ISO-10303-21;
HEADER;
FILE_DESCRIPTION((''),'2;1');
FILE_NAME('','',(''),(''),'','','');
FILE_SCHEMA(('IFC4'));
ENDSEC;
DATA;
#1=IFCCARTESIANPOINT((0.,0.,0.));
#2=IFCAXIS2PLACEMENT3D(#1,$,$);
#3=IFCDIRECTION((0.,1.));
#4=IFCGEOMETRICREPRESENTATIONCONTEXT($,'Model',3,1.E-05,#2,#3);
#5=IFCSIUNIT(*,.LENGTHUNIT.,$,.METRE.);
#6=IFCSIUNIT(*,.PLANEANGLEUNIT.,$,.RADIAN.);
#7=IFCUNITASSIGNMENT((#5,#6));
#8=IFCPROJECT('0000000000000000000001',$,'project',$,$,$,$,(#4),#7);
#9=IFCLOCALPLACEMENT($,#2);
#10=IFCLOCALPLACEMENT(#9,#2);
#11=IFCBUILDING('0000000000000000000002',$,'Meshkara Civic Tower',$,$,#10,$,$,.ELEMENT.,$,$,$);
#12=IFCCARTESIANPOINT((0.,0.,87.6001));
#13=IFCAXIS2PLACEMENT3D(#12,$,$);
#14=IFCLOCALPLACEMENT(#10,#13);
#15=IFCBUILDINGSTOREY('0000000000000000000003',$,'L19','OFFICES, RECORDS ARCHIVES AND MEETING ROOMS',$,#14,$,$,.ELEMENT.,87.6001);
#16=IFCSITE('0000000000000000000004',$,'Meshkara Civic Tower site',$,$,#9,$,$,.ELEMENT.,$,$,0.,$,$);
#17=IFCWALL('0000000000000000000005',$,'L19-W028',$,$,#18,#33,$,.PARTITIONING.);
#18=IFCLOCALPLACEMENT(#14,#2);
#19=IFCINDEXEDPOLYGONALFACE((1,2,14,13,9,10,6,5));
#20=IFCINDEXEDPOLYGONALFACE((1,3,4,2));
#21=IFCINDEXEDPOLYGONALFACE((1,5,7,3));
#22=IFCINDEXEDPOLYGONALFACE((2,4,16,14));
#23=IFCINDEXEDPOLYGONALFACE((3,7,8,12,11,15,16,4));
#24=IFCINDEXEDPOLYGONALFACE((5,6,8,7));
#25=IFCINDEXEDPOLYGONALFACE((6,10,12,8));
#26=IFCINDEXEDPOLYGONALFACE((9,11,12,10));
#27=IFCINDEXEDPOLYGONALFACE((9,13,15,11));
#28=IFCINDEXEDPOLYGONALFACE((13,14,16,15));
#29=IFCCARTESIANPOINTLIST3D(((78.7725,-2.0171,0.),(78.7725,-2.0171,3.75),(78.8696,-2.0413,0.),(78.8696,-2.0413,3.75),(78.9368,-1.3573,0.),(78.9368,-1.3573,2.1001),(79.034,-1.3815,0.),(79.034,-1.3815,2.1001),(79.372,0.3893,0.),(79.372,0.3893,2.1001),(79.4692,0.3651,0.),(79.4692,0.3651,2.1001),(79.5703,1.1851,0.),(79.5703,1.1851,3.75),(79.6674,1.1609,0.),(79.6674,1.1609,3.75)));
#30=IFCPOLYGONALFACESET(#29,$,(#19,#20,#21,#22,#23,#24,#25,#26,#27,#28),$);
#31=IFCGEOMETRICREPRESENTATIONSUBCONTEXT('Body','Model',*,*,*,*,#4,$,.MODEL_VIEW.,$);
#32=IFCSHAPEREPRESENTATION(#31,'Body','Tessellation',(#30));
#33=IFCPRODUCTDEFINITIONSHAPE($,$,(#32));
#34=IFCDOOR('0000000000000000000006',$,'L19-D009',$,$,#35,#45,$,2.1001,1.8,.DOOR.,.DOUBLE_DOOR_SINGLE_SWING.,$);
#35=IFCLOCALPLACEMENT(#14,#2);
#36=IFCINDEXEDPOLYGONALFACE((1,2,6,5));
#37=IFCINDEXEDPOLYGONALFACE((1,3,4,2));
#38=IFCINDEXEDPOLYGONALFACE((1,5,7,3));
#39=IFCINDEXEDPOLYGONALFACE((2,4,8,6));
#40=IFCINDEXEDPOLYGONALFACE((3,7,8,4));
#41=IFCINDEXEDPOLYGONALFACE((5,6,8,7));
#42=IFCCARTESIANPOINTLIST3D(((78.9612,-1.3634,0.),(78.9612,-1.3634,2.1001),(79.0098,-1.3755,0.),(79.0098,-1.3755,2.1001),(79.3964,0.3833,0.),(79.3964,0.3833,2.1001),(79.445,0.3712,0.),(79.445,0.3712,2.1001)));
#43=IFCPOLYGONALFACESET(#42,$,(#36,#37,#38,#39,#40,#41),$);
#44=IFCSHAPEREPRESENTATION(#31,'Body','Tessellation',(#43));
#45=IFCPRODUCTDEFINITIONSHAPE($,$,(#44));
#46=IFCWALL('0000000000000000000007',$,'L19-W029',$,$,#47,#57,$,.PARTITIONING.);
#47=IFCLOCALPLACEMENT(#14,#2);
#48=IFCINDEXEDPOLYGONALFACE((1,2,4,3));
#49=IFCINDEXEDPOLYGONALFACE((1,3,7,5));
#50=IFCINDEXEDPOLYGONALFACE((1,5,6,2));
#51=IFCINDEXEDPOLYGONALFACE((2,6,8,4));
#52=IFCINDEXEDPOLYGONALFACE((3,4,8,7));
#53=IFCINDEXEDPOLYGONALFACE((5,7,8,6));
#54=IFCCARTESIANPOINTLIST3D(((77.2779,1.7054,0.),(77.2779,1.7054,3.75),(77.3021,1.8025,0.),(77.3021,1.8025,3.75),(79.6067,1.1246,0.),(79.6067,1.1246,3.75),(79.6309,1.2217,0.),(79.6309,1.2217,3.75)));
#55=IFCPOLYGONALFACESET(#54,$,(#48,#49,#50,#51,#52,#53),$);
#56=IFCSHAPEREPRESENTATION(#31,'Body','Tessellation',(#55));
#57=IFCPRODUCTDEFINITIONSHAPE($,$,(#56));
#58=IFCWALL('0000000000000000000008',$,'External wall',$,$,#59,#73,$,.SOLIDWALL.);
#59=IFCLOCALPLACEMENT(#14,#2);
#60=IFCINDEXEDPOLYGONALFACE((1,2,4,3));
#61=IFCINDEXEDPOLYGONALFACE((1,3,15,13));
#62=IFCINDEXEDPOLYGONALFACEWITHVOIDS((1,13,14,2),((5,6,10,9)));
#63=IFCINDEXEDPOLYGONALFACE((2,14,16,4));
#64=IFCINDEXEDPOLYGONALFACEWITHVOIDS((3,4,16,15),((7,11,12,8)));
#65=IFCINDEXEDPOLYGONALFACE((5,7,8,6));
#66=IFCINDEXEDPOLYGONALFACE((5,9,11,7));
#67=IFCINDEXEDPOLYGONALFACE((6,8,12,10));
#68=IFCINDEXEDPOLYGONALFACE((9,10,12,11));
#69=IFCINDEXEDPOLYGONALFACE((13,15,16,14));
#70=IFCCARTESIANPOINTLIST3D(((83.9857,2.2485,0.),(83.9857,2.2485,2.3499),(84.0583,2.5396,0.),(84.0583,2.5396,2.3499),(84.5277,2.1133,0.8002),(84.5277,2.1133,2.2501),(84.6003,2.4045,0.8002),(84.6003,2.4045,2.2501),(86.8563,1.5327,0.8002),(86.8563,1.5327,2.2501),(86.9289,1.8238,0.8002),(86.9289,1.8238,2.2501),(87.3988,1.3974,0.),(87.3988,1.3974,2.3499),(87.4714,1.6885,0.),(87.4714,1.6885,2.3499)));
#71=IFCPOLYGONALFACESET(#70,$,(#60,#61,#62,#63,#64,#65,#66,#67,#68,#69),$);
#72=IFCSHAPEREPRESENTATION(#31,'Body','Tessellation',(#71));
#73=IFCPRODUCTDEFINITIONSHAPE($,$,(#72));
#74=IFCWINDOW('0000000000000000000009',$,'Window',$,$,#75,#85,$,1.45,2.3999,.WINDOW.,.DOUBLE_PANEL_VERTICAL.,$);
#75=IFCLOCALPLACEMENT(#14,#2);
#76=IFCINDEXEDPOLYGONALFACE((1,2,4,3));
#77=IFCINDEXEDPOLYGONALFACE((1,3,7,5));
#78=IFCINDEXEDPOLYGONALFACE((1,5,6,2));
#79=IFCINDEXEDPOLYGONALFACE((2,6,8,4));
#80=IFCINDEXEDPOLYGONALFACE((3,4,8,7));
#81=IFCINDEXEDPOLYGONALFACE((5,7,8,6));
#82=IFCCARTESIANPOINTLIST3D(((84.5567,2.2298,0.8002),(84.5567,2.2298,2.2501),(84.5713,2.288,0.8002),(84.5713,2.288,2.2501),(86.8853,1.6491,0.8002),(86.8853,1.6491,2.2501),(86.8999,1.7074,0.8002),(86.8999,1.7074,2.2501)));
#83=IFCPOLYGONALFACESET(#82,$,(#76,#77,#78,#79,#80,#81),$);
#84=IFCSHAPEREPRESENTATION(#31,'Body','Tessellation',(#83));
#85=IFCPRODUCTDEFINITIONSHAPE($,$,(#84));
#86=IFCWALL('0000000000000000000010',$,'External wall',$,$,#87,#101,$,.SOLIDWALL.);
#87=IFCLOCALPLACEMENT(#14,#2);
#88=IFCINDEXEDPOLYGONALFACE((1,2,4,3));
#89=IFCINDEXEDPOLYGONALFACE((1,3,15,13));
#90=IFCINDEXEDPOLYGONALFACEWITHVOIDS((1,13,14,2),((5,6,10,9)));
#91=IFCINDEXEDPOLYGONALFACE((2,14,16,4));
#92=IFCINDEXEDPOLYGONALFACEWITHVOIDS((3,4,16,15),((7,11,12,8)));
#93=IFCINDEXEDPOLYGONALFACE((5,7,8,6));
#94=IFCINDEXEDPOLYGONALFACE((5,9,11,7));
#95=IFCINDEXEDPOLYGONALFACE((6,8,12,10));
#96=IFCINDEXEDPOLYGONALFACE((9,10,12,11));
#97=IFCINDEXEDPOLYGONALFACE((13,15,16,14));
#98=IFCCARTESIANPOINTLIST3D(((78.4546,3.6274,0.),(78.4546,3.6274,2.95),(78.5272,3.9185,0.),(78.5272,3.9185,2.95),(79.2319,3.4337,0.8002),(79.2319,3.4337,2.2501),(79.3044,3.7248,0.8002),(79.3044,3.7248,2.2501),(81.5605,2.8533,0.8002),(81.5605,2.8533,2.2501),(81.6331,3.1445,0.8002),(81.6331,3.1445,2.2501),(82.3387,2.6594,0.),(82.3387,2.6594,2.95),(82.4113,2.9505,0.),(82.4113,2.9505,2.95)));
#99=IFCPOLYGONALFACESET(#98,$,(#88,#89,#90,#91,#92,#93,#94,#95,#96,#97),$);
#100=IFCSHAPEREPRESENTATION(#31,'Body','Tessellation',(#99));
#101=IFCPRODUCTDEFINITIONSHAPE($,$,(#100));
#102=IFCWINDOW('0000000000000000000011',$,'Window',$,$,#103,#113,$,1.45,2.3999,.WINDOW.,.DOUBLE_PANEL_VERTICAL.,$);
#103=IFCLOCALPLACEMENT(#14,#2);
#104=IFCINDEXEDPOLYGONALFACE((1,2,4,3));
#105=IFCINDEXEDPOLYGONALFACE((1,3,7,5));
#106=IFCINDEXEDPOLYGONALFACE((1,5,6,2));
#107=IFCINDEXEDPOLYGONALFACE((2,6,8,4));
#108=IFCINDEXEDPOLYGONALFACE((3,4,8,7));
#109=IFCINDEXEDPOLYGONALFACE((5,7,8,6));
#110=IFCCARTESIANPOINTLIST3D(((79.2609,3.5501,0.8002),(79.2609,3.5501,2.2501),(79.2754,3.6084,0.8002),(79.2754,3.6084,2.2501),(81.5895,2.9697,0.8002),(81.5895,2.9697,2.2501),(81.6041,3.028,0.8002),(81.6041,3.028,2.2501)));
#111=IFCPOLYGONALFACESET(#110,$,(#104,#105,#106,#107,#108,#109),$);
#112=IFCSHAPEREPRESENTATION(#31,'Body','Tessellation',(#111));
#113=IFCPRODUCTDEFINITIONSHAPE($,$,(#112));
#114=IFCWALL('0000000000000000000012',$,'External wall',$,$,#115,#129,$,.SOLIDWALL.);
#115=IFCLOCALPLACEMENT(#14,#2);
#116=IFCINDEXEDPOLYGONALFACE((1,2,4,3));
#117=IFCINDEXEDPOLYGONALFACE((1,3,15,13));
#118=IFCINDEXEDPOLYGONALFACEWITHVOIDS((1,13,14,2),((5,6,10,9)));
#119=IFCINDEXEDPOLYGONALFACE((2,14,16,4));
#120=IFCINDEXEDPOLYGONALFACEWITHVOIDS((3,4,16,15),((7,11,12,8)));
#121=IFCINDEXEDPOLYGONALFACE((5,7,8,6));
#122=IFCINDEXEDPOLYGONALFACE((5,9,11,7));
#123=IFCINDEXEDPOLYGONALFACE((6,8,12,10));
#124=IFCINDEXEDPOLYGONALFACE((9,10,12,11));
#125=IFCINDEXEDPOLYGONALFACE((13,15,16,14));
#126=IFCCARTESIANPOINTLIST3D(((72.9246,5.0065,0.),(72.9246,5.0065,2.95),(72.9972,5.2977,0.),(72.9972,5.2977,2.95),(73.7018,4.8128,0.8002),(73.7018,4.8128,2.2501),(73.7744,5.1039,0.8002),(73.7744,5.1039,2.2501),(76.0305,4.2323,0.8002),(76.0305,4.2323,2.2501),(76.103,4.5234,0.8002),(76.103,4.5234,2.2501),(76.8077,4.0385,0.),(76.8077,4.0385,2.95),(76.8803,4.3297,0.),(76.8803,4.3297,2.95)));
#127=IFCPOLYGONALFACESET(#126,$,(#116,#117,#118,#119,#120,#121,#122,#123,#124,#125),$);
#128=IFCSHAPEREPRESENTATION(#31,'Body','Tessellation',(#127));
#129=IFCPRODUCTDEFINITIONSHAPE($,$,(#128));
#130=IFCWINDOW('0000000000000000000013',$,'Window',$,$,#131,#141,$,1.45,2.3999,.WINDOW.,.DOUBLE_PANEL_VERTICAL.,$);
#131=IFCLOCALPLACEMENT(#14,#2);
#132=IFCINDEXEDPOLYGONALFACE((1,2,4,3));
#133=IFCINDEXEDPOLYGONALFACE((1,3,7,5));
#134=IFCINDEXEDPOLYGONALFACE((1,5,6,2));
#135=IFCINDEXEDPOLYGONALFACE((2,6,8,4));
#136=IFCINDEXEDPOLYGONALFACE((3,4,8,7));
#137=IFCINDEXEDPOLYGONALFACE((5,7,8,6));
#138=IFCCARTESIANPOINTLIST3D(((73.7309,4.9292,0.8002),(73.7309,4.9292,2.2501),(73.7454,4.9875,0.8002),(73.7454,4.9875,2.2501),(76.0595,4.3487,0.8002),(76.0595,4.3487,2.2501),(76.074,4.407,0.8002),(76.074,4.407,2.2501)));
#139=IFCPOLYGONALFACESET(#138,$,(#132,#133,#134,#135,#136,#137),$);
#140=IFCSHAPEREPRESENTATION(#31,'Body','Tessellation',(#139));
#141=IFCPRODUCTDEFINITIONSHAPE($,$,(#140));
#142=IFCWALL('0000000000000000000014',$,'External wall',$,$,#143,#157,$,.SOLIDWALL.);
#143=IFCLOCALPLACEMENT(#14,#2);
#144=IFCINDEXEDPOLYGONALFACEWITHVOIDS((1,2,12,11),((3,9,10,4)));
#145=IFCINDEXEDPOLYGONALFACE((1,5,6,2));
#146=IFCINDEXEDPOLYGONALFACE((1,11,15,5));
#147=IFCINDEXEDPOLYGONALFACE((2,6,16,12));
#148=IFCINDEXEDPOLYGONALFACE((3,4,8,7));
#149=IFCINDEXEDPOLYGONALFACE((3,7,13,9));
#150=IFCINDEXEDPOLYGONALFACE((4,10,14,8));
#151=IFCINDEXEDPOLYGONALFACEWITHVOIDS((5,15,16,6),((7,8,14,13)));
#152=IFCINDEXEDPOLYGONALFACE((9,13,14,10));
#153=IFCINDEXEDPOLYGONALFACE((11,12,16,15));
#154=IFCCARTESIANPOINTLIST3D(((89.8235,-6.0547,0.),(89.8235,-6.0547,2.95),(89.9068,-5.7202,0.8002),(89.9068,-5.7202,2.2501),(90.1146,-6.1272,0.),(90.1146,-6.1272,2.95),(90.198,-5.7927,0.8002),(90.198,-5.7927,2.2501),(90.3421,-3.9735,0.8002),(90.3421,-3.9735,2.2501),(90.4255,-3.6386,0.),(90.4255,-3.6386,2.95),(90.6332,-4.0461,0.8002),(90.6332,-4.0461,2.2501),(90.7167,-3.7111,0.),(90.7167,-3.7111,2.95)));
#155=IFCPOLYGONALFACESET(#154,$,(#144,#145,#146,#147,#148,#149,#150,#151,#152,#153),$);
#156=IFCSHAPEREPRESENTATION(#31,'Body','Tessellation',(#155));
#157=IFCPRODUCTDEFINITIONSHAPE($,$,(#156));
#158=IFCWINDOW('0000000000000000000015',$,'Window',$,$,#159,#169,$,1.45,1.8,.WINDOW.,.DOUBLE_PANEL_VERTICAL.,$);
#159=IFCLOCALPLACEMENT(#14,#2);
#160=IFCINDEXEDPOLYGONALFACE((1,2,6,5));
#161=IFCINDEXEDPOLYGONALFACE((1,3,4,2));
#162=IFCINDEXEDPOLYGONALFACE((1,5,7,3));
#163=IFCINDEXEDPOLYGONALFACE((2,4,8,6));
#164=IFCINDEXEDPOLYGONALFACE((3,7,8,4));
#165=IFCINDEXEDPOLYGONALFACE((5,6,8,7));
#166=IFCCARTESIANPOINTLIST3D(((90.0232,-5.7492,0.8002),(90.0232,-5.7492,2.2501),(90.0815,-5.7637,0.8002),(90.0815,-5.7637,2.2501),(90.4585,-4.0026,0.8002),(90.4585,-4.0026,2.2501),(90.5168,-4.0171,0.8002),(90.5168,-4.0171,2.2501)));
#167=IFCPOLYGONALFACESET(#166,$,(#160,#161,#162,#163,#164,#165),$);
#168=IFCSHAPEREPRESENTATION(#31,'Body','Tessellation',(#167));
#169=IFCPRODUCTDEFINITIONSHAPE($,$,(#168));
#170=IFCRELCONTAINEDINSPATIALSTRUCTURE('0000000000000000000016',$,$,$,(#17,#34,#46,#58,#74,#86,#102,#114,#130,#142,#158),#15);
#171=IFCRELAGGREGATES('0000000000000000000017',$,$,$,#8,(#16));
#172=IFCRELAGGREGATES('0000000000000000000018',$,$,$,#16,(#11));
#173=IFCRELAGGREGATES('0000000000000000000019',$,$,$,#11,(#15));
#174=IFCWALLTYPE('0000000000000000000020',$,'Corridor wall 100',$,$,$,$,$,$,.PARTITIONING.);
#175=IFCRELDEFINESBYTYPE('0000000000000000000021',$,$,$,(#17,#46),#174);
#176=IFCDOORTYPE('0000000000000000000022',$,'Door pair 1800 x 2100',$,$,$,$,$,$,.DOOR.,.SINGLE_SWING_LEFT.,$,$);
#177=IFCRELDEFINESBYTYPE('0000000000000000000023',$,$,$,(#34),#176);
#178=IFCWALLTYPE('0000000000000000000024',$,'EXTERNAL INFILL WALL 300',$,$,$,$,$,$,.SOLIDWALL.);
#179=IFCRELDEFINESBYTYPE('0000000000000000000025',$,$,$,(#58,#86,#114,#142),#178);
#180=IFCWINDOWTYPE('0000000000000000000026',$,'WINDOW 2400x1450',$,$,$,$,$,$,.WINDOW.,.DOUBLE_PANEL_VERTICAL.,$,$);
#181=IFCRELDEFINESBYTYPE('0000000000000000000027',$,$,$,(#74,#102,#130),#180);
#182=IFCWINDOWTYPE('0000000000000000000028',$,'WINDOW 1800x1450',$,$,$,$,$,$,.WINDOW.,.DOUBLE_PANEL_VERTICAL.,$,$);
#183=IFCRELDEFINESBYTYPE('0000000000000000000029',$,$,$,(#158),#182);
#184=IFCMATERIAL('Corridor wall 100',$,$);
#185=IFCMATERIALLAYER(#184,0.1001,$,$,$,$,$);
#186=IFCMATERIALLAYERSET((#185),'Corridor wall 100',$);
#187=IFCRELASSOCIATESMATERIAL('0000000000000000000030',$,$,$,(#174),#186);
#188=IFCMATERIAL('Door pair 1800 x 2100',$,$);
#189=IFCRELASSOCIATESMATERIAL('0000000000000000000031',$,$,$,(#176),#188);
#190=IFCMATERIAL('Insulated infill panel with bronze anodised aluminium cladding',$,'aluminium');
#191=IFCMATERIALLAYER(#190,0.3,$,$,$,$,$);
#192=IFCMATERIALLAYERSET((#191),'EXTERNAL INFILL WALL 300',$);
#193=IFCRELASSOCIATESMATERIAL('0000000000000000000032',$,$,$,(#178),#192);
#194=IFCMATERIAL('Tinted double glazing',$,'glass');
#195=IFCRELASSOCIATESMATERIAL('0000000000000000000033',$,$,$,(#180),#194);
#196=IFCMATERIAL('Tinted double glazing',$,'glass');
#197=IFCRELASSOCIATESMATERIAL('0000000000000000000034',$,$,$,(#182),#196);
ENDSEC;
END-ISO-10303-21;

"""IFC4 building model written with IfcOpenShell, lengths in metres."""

from ifc_helpers import new_model, si_unit, direction, frame, frame_2d, origin, place, context, subcontext, project, spatial, rectangle, extrude, material, layer, layer_set, type_object, element, fill, save


model = new_model("IFC4")

# Units and contexts
model_context = context("Model", 3, precision=1e-05, world=origin(), true_north=direction((0.0, 1.0)))
body_context = subcontext(model_context, "Body", "Model", "MODEL_VIEW")
ifc_project = project(units=[si_unit("LENGTHUNIT", "METRE"), si_unit("PLANEANGLEUNIT", "RADIAN")], contexts=[model_context])

# Site, building, storey
site_placement = place(None, origin())
site = spatial("IfcSite", under=ifc_project, at=site_placement, Name="Meshkara Civic Tower site", CompositionType="ELEMENT", RefElevation=0.0)
building_placement = place(site_placement, origin())
building = spatial("IfcBuilding", under=site, at=building_placement, Name="Meshkara Civic Tower", CompositionType="ELEMENT")
storey_placement = place(building_placement, frame((0.0, 0.0, 87.6001)))
storey = spatial("IfcBuildingStorey", under=building, at=storey_placement, Name="L19", Description="OFFICES, RECORDS ARCHIVES AND MEETING ROOMS", CompositionType="ELEMENT", Elevation=87.6001)

# Wall, opening, door
ifc_material_1 = material(Name="Corridor wall 100")
ifc_layer_1 = layer(ifc_material_1, 0.1001)
ifc_layer_set_1 = layer_set([ifc_layer_1], Name="Corridor wall 100")
wall_type_1 = type_object("IfcWallType", Name="Corridor wall 100", PredefinedType="PARTITIONING", material=ifc_layer_set_1)
wall_1_placement = place(storey_placement, frame((78.821, -2.0291, 0.0), z_axis=(0.0, 0.0, 1.0), x_axis=(0.24177, 0.970334, 0.0)))
wall_1 = element("IfcWall", 1, at=wall_1_placement, inside=storey, type_object=wall_type_1, Name="L19-W028", PredefinedType="PARTITIONING", context=body_context, shape_type="SweptSolid", body=[
    extrude(rectangle(XDim=3.3, YDim=0.1001, at=frame_2d((1.6499, 0.0))), origin(), (0.0, 0.0, 1.0), 3.75),
])
opening_1_placement = place(wall_1_placement, frame((0.6799, 0.0, 0.0)))
opening_1 = element("IfcOpeningElement", 2, at=opening_1_placement, cuts=wall_1, PredefinedType="OPENING", context=body_context, shape_type="SweptSolid", body=[
    extrude(rectangle(XDim=1.8, YDim=2.1001, at=frame_2d((0.8999, 1.05))), frame((0.0, 0.0601, 0.0), z_axis=(0.0, -1.0, 0.0), x_axis=(1.0, 0.0, 0.0)), (0.0, 0.0, 1.0), 0.1201),
])
ifc_material_2 = material(Name="Door pair 1800 x 2100")
door_type_1 = type_object("IfcDoorType", Name="Door pair 1800 x 2100", OperationType="SINGLE_SWING_LEFT", PredefinedType="DOOR", material=ifc_material_2)
door_1_placement = place(opening_1_placement, origin())
door_1 = element("IfcDoor", 3, at=door_1_placement, inside=storey, type_object=door_type_1, Name="L19-D009", OperationType="DOUBLE_DOOR_SINGLE_SWING", OverallHeight=2.1001, OverallWidth=1.8, PredefinedType="DOOR", context=body_context, shape_type="SweptSolid", body=[
    extrude(rectangle(XDim=1.8, YDim=2.1001, at=frame_2d((0.8999, 1.05))), frame((0.0, 0.0249, 0.0), z_axis=(0.0, -1.0, 0.0), x_axis=(1.0, 0.0, 0.0)), (0.0, 0.0, 1.0), 0.05),
])
fill(opening_1, door_1)

# Wall
wall_2_placement = place(storey_placement, frame((79.6189, 1.1731, 0.0), z_axis=(0.0, 0.0, 1.0), x_axis=(-0.97028, 0.241985, 0.0)))
element("IfcWall", 4, at=wall_2_placement, inside=storey, type_object=wall_type_1, Name="L19-W029", PredefinedType="PARTITIONING", context=body_context, shape_type="SweptSolid", body=[
    extrude(rectangle(XDim=2.4001, YDim=0.1001, at=frame_2d((1.2002, 0.0))), origin(), (0.0, 0.0, 1.0), 3.75),
])

# Walls, openings, windows
ifc_material_3 = material(Name="Insulated infill panel with bronze anodised aluminium cladding", Category="aluminium")
ifc_layer_2 = layer(ifc_material_3, 0.3)
ifc_layer_set_2 = layer_set([ifc_layer_2], Name="EXTERNAL INFILL WALL 300")
wall_type_2 = type_object("IfcWallType", Name="EXTERNAL INFILL WALL 300", PredefinedType="SOLIDWALL", material=ifc_layer_set_2)
wall_3_placement = place(storey_placement, frame((87.4351, 1.543, 0.0), z_axis=(0.0, 0.0, 1.0), x_axis=(-0.970289, 0.241948, 0.0)))
wall_3 = element("IfcWall", 5, at=wall_3_placement, inside=storey, type_object=wall_type_2, Name="External wall", PredefinedType="SOLIDWALL", context=body_context, shape_type="SweptSolid", body=[
    extrude(rectangle(XDim=3.5176, YDim=0.3, at=frame_2d((1.7588, 0.0))), origin(), (0.0, 0.0, 1.0), 2.3499),
])
opening_2_placement = place(wall_3_placement, frame((0.5591, 0.0, 0.8)))
opening_2 = element("IfcOpeningElement", 6, at=opening_2_placement, cuts=wall_3, PredefinedType="OPENING", context=body_context, shape_type="SweptSolid", body=[
    extrude(rectangle(XDim=2.3999, YDim=1.45, at=frame_2d((1.2, 0.7251))), frame((0.0, 0.1599, 0.0), z_axis=(0.0, -1.0, 0.0), x_axis=(1.0, 0.0, 0.0)), (0.0, 0.0, 1.0), 0.3201),
])
ifc_material_4 = material(Name="Tinted double glazing", Category="glass")
window_type_1 = type_object("IfcWindowType", Name="WINDOW 2400x1450", PartitioningType="DOUBLE_PANEL_VERTICAL", PredefinedType="WINDOW", material=ifc_material_4)
window_1_placement = place(opening_2_placement, origin())
window_1 = element("IfcWindow", 7, at=window_1_placement, inside=storey, type_object=window_type_1, Name="Window", OverallHeight=1.45, OverallWidth=2.3999, PartitioningType="DOUBLE_PANEL_VERTICAL", PredefinedType="WINDOW", context=body_context, shape_type="SweptSolid", body=[
    extrude(rectangle(XDim=2.3999, YDim=1.45, at=frame_2d((1.2, 0.7251))), frame((0.0, 0.03, 0.0), z_axis=(0.0, -1.0, 0.0), x_axis=(1.0, 0.0, 0.0)), (0.0, 0.0, 1.0), 0.0601),
])
fill(opening_2, window_1)
wall_4_placement = place(storey_placement, frame((82.375, 2.8049, 0.0), z_axis=(0.0, 0.0, 1.0), x_axis=(-0.970318, 0.241832, 0.0)))
wall_4 = element("IfcWall", 8, at=wall_4_placement, inside=storey, type_object=wall_type_2, Name="External wall", PredefinedType="SOLIDWALL", context=body_context, shape_type="SweptSolid", body=[
    extrude(rectangle(XDim=4.0029, YDim=0.3, at=frame_2d((2.0015, 0.0))), origin(), (0.0, 0.0, 1.0), 2.95),
])
opening_3_placement = place(wall_4_placement, frame((0.802, 0.0, 0.8)))
opening_3 = element("IfcOpeningElement", 9, at=opening_3_placement, cuts=wall_4, PredefinedType="OPENING", context=body_context, shape_type="SweptSolid", body=[
    extrude(rectangle(XDim=2.3999, YDim=1.45, at=frame_2d((1.2, 0.7251))), frame((0.0, 0.1599, 0.0), z_axis=(0.0, -1.0, 0.0), x_axis=(1.0, 0.0, 0.0)), (0.0, 0.0, 1.0), 0.3201),
])
window_2_placement = place(opening_3_placement, origin())
window_2 = element("IfcWindow", 10, at=window_2_placement, inside=storey, type_object=window_type_1, Name="Window", OverallHeight=1.45, OverallWidth=2.3999, PartitioningType="DOUBLE_PANEL_VERTICAL", PredefinedType="WINDOW", context=body_context, shape_type="SweptSolid", body=[
    extrude(rectangle(XDim=2.3999, YDim=1.45, at=frame_2d((1.2, 0.7251))), frame((0.0, 0.03, 0.0), z_axis=(0.0, -1.0, 0.0), x_axis=(1.0, 0.0, 0.0)), (0.0, 0.0, 1.0), 0.0601),
])
fill(opening_3, window_2)
wall_5_placement = place(storey_placement, frame((76.844, 4.1841, 0.0), z_axis=(0.0, 0.0, 1.0), x_axis=(-0.970304, 0.24189, 0.0)))
wall_5 = element("IfcWall", 11, at=wall_5_placement, inside=storey, type_object=wall_type_2, Name="External wall", PredefinedType="SOLIDWALL", context=body_context, shape_type="SweptSolid", body=[
    extrude(rectangle(XDim=4.002, YDim=0.3, at=frame_2d((2.001, 0.0))), origin(), (0.0, 0.0, 1.0), 2.95),
])
opening_4_placement = place(wall_5_placement, frame((0.801, 0.0, 0.8)))
opening_4 = element("IfcOpeningElement", 12, at=opening_4_placement, cuts=wall_5, PredefinedType="OPENING", context=body_context, shape_type="SweptSolid", body=[
    extrude(rectangle(XDim=2.3999, YDim=1.45, at=frame_2d((1.2, 0.7251))), frame((0.0, 0.1599, 0.0), z_axis=(0.0, -1.0, 0.0), x_axis=(1.0, 0.0, 0.0)), (0.0, 0.0, 1.0), 0.3201),
])
window_3_placement = place(opening_4_placement, origin())
window_3 = element("IfcWindow", 13, at=window_3_placement, inside=storey, type_object=window_type_1, Name="Window", OverallHeight=1.45, OverallWidth=2.3999, PartitioningType="DOUBLE_PANEL_VERTICAL", PredefinedType="WINDOW", context=body_context, shape_type="SweptSolid", body=[
    extrude(rectangle(XDim=2.3999, YDim=1.45, at=frame_2d((1.2, 0.7251))), frame((0.0, 0.03, 0.0), z_axis=(0.0, -1.0, 0.0), x_axis=(1.0, 0.0, 0.0)), (0.0, 0.0, 1.0), 0.0601),
])
fill(opening_4, window_3)
wall_6_placement = place(storey_placement, frame((89.969, -6.0911, 0.0), z_axis=(0.0, 0.0, 1.0), x_axis=(0.241797, 0.970327, 0.0)))
wall_6 = element("IfcWall", 14, at=wall_6_placement, inside=storey, type_object=wall_type_2, Name="External wall", PredefinedType="SOLIDWALL", context=body_context, shape_type="SweptSolid", body=[
    extrude(rectangle(XDim=2.49, YDim=0.3, at=frame_2d((1.2451, 0.0))), origin(), (0.0, 0.0, 1.0), 2.95),
])
opening_5_placement = place(wall_6_placement, frame((0.345, 0.0, 0.8)))
opening_5 = element("IfcOpeningElement", 15, at=opening_5_placement, cuts=wall_6, PredefinedType="OPENING", context=body_context, shape_type="SweptSolid", body=[
    extrude(rectangle(XDim=1.8, YDim=1.45, at=frame_2d((0.8999, 0.7251))), frame((0.0, 0.1599, 0.0), z_axis=(0.0, -1.0, 0.0), x_axis=(1.0, 0.0, 0.0)), (0.0, 0.0, 1.0), 0.3201),
])
ifc_material_5 = material(Name="Tinted double glazing", Category="glass")
window_type_2 = type_object("IfcWindowType", Name="WINDOW 1800x1450", PartitioningType="DOUBLE_PANEL_VERTICAL", PredefinedType="WINDOW", material=ifc_material_5)
window_4_placement = place(opening_5_placement, origin())
window_4 = element("IfcWindow", 16, at=window_4_placement, inside=storey, type_object=window_type_2, Name="Window", OverallHeight=1.45, OverallWidth=1.8, PartitioningType="DOUBLE_PANEL_VERTICAL", PredefinedType="WINDOW", context=body_context, shape_type="SweptSolid", body=[
    extrude(rectangle(XDim=1.8, YDim=1.45, at=frame_2d((0.8999, 0.7251))), frame((0.0, 0.03, 0.0), z_axis=(0.0, -1.0, 0.0), x_axis=(1.0, 0.0, 0.0)), (0.0, 0.0, 1.0), 0.0601),
])
fill(opening_5, window_4)

save(model, "model.ifc")
